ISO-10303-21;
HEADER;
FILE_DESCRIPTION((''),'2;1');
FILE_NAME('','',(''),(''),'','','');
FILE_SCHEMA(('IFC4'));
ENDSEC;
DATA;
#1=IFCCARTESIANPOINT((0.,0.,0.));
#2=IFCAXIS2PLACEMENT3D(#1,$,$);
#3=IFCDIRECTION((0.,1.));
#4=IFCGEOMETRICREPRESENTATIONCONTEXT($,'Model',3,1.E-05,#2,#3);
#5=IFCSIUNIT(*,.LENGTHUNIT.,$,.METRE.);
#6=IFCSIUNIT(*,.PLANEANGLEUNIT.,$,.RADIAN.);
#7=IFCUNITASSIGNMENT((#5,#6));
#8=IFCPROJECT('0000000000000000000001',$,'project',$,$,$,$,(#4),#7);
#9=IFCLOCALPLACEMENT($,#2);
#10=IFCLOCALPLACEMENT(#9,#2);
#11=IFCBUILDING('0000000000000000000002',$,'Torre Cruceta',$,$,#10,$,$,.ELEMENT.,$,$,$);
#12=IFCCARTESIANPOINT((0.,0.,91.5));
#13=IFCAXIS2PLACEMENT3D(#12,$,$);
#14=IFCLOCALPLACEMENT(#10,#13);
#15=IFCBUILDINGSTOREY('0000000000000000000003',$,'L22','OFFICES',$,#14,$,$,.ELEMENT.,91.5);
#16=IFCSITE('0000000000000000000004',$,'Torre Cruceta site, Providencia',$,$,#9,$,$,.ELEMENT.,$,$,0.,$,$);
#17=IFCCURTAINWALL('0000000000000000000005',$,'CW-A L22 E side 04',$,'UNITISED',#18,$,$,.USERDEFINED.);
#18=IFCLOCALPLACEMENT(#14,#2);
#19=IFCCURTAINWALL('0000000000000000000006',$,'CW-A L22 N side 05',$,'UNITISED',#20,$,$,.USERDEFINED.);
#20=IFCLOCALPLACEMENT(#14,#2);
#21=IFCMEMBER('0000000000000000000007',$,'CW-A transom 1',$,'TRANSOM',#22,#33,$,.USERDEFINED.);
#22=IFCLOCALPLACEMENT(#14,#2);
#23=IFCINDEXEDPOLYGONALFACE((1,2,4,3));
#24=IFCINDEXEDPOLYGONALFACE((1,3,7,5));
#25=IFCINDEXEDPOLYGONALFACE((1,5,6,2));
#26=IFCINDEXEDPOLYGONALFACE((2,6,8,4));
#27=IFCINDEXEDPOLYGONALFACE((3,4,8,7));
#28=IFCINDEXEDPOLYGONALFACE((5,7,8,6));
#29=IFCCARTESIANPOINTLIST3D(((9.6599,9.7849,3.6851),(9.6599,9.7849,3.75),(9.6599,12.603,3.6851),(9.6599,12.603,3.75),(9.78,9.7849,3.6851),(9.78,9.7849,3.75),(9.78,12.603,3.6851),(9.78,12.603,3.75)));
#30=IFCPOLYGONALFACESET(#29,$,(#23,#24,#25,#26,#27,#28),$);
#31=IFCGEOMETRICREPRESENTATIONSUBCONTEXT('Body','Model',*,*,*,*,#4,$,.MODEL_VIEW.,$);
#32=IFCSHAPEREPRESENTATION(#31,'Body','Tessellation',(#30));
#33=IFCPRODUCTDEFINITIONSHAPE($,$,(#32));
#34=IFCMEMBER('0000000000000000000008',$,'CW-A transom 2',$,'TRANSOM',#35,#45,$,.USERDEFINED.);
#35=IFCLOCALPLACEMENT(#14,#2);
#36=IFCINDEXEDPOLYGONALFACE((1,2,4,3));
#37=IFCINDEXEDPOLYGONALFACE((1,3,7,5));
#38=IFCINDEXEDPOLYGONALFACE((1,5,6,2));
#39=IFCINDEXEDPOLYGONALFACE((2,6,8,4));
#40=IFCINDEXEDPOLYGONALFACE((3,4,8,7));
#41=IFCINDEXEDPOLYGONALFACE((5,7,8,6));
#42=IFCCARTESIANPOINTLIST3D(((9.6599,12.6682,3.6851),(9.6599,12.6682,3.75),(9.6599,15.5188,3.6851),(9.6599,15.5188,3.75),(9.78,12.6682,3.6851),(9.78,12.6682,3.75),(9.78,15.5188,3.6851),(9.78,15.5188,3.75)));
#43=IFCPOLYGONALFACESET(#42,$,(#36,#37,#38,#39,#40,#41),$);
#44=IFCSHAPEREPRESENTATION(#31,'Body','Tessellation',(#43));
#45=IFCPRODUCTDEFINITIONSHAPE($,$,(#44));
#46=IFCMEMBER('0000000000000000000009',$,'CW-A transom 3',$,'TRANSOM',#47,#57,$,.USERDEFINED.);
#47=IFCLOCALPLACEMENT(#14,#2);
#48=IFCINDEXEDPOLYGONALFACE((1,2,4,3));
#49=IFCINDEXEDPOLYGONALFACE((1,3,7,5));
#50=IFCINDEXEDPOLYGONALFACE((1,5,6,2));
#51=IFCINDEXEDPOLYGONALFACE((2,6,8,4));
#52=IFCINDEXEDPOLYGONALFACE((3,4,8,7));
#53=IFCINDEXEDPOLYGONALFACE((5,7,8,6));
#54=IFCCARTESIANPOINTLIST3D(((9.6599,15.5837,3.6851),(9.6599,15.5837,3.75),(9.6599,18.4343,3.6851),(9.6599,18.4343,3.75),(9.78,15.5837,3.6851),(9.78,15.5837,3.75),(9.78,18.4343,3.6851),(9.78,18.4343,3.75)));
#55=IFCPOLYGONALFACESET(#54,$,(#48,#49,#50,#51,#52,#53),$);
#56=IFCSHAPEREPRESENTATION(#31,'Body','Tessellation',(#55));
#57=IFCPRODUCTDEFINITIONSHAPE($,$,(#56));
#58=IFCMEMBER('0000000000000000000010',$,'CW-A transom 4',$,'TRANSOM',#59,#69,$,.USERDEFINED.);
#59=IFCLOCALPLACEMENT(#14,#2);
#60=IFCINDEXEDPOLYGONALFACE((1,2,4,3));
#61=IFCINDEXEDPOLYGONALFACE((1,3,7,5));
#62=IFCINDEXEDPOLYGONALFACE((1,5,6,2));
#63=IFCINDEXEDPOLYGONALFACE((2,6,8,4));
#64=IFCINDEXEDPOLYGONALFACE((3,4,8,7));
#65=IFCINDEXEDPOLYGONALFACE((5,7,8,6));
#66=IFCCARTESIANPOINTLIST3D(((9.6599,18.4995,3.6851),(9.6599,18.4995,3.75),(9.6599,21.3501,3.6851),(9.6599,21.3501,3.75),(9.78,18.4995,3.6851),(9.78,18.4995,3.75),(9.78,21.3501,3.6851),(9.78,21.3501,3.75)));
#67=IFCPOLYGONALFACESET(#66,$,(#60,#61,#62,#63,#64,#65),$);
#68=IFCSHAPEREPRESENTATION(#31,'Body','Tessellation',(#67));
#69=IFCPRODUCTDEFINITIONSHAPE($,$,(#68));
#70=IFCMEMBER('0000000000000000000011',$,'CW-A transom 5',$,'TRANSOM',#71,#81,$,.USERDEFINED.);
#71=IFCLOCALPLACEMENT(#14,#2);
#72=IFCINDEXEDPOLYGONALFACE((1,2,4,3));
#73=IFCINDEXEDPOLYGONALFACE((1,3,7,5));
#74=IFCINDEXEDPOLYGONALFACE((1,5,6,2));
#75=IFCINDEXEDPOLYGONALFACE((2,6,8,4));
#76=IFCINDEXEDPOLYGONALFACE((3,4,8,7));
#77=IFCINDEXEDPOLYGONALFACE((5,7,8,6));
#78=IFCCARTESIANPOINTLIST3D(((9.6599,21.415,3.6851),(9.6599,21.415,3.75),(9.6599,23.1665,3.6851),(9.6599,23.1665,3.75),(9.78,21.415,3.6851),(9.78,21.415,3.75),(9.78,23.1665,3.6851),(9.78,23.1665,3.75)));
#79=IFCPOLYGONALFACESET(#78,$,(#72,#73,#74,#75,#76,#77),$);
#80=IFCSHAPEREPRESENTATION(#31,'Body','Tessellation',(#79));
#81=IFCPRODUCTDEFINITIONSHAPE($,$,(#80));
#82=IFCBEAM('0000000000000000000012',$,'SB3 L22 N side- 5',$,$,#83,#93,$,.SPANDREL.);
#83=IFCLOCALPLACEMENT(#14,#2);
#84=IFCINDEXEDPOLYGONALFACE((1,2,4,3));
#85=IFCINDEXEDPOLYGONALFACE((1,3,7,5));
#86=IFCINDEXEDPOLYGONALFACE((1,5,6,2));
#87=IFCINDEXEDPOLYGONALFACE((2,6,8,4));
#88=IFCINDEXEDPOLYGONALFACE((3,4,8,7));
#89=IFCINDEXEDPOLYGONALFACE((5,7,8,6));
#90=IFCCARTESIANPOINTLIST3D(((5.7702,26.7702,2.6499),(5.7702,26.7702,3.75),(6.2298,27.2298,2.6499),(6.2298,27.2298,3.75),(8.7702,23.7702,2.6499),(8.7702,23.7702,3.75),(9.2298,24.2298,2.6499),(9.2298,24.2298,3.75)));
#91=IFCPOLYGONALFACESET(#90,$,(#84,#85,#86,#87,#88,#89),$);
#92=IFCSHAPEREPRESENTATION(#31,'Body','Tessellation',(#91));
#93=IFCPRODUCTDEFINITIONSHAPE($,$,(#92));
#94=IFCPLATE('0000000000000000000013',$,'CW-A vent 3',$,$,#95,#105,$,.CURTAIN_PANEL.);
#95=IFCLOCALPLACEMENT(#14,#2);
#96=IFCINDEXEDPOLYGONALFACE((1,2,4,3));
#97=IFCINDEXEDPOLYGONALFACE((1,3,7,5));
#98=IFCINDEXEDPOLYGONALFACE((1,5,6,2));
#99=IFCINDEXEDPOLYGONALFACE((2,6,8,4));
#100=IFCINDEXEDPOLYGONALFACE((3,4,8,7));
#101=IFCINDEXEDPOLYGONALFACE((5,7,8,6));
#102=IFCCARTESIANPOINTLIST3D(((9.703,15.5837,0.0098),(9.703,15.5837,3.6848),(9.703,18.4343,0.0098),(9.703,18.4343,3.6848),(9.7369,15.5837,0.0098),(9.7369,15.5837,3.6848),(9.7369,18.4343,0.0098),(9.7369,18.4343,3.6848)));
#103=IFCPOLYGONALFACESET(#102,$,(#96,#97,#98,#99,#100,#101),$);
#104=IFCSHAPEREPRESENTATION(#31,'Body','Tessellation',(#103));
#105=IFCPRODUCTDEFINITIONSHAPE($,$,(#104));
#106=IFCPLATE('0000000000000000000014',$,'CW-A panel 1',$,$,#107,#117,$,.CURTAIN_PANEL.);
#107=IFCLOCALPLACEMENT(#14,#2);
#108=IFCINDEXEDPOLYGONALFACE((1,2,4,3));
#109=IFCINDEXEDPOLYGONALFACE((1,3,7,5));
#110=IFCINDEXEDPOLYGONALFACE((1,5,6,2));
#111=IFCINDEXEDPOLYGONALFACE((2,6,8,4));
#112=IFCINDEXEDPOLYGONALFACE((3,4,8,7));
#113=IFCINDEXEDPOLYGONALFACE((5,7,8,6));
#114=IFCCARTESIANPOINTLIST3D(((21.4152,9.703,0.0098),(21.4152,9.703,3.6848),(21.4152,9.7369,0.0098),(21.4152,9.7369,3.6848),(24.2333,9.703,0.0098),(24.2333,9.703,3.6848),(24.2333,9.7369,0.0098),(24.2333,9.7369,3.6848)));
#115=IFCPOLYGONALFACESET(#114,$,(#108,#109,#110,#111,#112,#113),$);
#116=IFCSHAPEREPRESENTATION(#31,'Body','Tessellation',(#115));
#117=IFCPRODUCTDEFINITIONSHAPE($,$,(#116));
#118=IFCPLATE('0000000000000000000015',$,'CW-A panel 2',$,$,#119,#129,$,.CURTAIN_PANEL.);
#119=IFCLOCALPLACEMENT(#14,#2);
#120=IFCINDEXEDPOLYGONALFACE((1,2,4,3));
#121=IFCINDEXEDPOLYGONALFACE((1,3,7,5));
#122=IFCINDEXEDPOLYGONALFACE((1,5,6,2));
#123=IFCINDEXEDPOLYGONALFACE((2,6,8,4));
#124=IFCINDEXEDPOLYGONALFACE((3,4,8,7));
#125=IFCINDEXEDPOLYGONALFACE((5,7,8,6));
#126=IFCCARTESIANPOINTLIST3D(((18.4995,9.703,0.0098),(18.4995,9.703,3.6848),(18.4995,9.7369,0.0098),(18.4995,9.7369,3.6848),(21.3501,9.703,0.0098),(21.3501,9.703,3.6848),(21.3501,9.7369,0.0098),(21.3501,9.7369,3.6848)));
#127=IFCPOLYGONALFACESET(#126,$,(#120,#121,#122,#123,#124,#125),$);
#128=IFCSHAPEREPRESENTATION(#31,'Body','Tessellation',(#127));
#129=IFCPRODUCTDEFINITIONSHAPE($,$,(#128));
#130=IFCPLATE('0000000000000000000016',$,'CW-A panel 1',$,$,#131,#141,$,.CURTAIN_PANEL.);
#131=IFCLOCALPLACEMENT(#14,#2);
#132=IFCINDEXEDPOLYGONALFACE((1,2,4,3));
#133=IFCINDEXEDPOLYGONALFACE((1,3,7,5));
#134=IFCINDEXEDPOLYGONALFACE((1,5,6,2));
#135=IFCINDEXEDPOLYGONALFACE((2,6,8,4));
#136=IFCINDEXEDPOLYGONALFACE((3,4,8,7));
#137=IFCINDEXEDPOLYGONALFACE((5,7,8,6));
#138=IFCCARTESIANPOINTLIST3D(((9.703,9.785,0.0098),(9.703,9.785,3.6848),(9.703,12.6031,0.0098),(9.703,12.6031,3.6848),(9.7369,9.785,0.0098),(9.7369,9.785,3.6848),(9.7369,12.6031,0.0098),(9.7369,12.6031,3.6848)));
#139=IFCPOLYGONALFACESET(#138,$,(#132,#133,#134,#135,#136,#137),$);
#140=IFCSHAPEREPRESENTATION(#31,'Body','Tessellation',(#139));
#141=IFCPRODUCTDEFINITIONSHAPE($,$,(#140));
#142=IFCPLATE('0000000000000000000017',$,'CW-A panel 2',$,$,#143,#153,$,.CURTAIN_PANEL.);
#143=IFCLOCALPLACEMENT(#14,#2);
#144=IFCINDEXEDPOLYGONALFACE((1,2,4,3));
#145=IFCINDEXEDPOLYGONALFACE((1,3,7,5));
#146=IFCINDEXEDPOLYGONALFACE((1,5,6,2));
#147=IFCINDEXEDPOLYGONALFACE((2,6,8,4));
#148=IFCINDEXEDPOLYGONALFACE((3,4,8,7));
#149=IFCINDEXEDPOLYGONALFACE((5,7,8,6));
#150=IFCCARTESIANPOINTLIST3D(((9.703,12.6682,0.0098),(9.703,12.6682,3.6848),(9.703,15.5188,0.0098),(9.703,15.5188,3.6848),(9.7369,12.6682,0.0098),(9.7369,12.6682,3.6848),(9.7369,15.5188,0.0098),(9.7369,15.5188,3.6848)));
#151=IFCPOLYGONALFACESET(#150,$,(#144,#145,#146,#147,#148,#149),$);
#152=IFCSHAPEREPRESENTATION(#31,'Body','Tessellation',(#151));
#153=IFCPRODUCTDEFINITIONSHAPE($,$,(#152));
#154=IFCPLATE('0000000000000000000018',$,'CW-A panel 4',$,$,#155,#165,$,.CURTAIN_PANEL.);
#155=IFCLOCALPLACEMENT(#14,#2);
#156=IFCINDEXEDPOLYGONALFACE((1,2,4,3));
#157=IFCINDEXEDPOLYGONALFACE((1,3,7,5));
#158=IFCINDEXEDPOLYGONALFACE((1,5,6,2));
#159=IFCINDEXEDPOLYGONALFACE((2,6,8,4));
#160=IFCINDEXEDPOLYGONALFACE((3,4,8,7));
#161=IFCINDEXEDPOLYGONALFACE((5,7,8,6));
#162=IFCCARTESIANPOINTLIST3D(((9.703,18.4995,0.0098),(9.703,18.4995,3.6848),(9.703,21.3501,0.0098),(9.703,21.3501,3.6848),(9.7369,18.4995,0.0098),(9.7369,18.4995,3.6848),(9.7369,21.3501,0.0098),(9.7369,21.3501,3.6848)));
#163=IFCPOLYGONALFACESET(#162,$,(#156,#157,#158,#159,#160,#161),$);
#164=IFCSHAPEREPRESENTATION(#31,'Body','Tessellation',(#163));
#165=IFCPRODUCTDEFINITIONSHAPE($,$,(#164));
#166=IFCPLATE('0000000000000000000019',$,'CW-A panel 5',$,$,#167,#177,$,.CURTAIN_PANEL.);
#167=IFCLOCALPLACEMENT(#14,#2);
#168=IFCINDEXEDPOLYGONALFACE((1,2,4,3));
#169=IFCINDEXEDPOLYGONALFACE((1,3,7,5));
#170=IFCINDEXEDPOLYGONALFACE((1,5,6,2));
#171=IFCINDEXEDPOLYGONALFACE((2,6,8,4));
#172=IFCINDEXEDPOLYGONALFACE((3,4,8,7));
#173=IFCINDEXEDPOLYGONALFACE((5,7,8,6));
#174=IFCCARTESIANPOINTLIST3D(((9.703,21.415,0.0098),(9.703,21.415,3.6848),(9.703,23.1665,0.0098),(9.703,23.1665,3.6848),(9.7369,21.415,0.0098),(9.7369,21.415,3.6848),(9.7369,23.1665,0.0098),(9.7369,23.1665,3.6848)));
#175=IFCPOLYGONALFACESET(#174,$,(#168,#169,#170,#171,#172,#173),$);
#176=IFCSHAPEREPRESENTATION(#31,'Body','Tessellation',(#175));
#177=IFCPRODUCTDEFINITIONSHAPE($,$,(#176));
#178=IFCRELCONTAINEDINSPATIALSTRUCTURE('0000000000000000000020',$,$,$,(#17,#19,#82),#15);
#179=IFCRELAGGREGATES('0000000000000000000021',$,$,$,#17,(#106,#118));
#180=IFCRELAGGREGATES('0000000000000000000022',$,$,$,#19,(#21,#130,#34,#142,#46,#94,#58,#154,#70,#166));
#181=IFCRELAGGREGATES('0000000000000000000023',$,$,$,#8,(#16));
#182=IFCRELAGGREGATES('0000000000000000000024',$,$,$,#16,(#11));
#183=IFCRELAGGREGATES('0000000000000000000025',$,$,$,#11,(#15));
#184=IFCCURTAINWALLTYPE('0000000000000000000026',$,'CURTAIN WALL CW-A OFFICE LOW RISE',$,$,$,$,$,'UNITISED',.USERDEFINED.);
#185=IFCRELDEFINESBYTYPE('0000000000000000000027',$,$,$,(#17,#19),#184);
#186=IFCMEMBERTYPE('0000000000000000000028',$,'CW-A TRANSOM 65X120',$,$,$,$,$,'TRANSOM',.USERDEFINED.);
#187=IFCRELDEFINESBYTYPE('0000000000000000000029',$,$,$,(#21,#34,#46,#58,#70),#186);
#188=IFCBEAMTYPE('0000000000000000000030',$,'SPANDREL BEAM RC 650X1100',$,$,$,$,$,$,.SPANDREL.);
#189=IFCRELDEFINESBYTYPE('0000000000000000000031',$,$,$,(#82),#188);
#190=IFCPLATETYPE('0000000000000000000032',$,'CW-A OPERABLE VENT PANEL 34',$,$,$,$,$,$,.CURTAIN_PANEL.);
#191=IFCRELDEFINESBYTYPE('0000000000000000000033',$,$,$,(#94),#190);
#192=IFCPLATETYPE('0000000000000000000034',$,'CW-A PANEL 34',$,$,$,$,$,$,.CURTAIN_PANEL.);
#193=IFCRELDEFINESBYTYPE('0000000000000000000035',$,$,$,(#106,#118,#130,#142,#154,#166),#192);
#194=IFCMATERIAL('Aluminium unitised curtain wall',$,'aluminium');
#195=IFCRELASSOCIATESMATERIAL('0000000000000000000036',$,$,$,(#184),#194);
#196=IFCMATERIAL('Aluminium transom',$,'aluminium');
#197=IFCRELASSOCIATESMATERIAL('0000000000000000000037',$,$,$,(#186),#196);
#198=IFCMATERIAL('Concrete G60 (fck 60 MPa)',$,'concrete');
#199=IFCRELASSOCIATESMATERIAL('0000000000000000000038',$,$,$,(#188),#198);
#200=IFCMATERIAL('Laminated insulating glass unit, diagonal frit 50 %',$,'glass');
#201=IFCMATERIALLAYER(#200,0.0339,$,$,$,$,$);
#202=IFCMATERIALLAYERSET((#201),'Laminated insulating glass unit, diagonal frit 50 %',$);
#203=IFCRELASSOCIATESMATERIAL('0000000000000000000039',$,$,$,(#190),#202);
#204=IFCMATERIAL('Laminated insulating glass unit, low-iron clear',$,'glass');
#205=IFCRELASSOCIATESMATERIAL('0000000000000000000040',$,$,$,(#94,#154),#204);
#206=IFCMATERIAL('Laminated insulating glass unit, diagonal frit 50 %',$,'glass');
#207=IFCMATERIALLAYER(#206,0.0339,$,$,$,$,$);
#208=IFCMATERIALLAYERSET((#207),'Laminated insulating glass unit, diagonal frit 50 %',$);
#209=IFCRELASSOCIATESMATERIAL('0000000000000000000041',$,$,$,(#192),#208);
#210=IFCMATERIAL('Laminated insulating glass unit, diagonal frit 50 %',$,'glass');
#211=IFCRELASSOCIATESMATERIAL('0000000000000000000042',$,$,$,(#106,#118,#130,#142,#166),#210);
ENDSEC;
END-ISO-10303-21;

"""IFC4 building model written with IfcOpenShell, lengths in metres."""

from ifc_helpers import new_model, si_unit, direction, frame, origin, origin_2d, place, context, subcontext, project, spatial, rectangle, extrude, material, layer, layer_set, material_profile, profile_set, type_object, element, aggregate, save


model = new_model("IFC4")

# Units and contexts
model_context = context("Model", 3, precision=1e-05, world=origin(), true_north=direction((0.0, 1.0)))
body_context = subcontext(model_context, "Body", "Model", "MODEL_VIEW")
ifc_project = project(units=[si_unit("LENGTHUNIT", "METRE"), si_unit("PLANEANGLEUNIT", "RADIAN")], contexts=[model_context])

# Site, building, storey
site_placement = place(None, origin())
site = spatial("IfcSite", under=ifc_project, at=site_placement, Name="Torre Cruceta site, Providencia", CompositionType="ELEMENT", RefElevation=0.0)
building_placement = place(site_placement, origin())
building = spatial("IfcBuilding", under=site, at=building_placement, Name="Torre Cruceta", CompositionType="ELEMENT")
storey_placement = place(building_placement, frame((0.0, 0.0, 91.5)))
storey = spatial("IfcBuildingStorey", under=building, at=storey_placement, Name="L22", Description="OFFICES", CompositionType="ELEMENT", Elevation=91.5)

# Curtain walls
ifc_material_1 = material(Name="Aluminium unitised curtain wall", Category="aluminium")
curtain_wall_type = type_object("IfcCurtainWallType", Name="CURTAIN WALL CW-A OFFICE LOW RISE", ElementType="UNITISED", PredefinedType="USERDEFINED", material=ifc_material_1)
curtain_wall_1_placement = place(storey_placement, origin())
curtain_wall_1 = element("IfcCurtainWall", 1, at=curtain_wall_1_placement, inside=storey, type_object=curtain_wall_type, Name="CW-A L22 E side 04", ObjectType="UNITISED", PredefinedType="USERDEFINED")
curtain_wall_2_placement = place(storey_placement, origin())
curtain_wall_2 = element("IfcCurtainWall", 2, at=curtain_wall_2_placement, inside=storey, type_object=curtain_wall_type, Name="CW-A L22 N side 05", ObjectType="UNITISED", PredefinedType="USERDEFINED")

# Members
ifc_material_2 = material(Name="Aluminium transom", Category="aluminium")
ifc_material_profile_1 = material_profile(ifc_material_2, rectangle(XDim=0.1201, YDim=0.0649, at=origin_2d()), Name="AL 120X65")
ifc_profile_set_1 = profile_set([ifc_material_profile_1], Name="Aluminium transom")
member_type_1 = type_object("IfcMemberType", Name="CW-A TRANSOM 65X120", ElementType="TRANSOM", PredefinedType="USERDEFINED", material=ifc_profile_set_1)
member_1_placement = place(storey_placement, frame((9.72, 9.7849, 3.7175), z_axis=(0.0, 1.0, 0.0), x_axis=(-1.0, 0.0, 0.0)))
member_1 = element("IfcMember", 3, at=member_1_placement, type_object=member_type_1, Name="CW-A transom 1", ObjectType="TRANSOM", PredefinedType="USERDEFINED", context=body_context, shape_type="SweptSolid", body=[
    extrude(rectangle(XDim=0.1201, YDim=0.0649, at=origin_2d()), origin(), (0.0, 0.0, 1.0), 2.8181),
])
member_2_placement = place(storey_placement, frame((9.72, 12.6682, 3.7175), z_axis=(0.0, 1.0, 0.0), x_axis=(-1.0, 0.0, 0.0)))
member_2 = element("IfcMember", 4, at=member_2_placement, type_object=member_type_1, Name="CW-A transom 2", ObjectType="TRANSOM", PredefinedType="USERDEFINED", context=body_context, shape_type="SweptSolid", body=[
    extrude(rectangle(XDim=0.1201, YDim=0.0649, at=origin_2d()), origin(), (0.0, 0.0, 1.0), 2.8506),
])
member_3_placement = place(storey_placement, frame((9.72, 15.5837, 3.7175), z_axis=(0.0, 1.0, 0.0), x_axis=(-1.0, 0.0, 0.0)))
member_3 = element("IfcMember", 5, at=member_3_placement, type_object=member_type_1, Name="CW-A transom 3", ObjectType="TRANSOM", PredefinedType="USERDEFINED", context=body_context, shape_type="SweptSolid", body=[
    extrude(rectangle(XDim=0.1201, YDim=0.0649, at=origin_2d()), origin(), (0.0, 0.0, 1.0), 2.8506),
])
member_4_placement = place(storey_placement, frame((9.72, 18.4995, 3.7175), z_axis=(0.0, 1.0, 0.0), x_axis=(-1.0, 0.0, 0.0)))
member_4 = element("IfcMember", 6, at=member_4_placement, type_object=member_type_1, Name="CW-A transom 4", ObjectType="TRANSOM", PredefinedType="USERDEFINED", context=body_context, shape_type="SweptSolid", body=[
    extrude(rectangle(XDim=0.1201, YDim=0.0649, at=origin_2d()), origin(), (0.0, 0.0, 1.0), 2.8506),
])
member_5_placement = place(storey_placement, frame((9.72, 21.415, 3.7175), z_axis=(0.0, 1.0, 0.0), x_axis=(-1.0, 0.0, 0.0)))
member_5 = element("IfcMember", 7, at=member_5_placement, type_object=member_type_1, Name="CW-A transom 5", ObjectType="TRANSOM", PredefinedType="USERDEFINED", context=body_context, shape_type="SweptSolid", body=[
    extrude(rectangle(XDim=0.1201, YDim=0.0649, at=origin_2d()), origin(), (0.0, 0.0, 1.0), 1.7515),
])

# Beam
ifc_material_3 = material(Name="Concrete G60 (fck 60 MPa)", Category="concrete")
ifc_material_profile_2 = material_profile(ifc_material_3, rectangle(XDim=0.6499, YDim=1.1001, at=origin_2d()), Name="RC 650X1100")
ifc_profile_set_2 = profile_set([ifc_material_profile_2], Name="Concrete G60 (fck 60 MPa)")
beam_type_1 = type_object("IfcBeamType", Name="SPANDREL BEAM RC 650X1100", PredefinedType="SPANDREL", material=ifc_profile_set_2)
beam_1_placement = place(storey_placement, frame((9.0, 24.0, 3.2), z_axis=(-0.707107, 0.707107, 0.0), x_axis=(-0.707107, -0.707107, 0.0)))
element("IfcBeam", 8, at=beam_1_placement, inside=storey, type_object=beam_type_1, Name="SB3 L22 N side- 5", PredefinedType="SPANDREL", context=body_context, shape_type="SweptSolid", body=[
    extrude(rectangle(XDim=0.6499, YDim=1.1001, at=origin_2d()), origin(), (0.0, 0.0, 1.0), 4.2427),
])

# Plates
ifc_material_4 = material(Name="Laminated insulating glass unit, low-iron clear", Category="glass")
ifc_material_5 = material(Name="Laminated insulating glass unit, diagonal frit 50 %", Category="glass")
ifc_layer_1 = layer(ifc_material_5, 0.0339)
ifc_layer_set_1 = layer_set([ifc_layer_1], Name="Laminated insulating glass unit, diagonal frit 50 %")
plate_type_1 = type_object("IfcPlateType", Name="CW-A OPERABLE VENT PANEL 34", PredefinedType="CURTAIN_PANEL", material=ifc_layer_set_1)
plate_1_placement = place(storey_placement, frame((9.72, 17.009, 0.0098), z_axis=(0.0, 0.0, 1.0), x_axis=(0.0, 1.0, 0.0)))
plate_1 = element("IfcPlate", 9, at=plate_1_placement, type_object=plate_type_1, material=ifc_material_4, Name="CW-A vent 3", PredefinedType="CURTAIN_PANEL", context=body_context, shape_type="SweptSolid", body=[
    extrude(rectangle(XDim=2.8506, YDim=0.0339, at=origin_2d()), origin(), (0.0, 0.0, 1.0), 3.675),
])
ifc_material_6 = material(Name="Laminated insulating glass unit, diagonal frit 50 %", Category="glass")
ifc_material_7 = material(Name="Laminated insulating glass unit, diagonal frit 50 %", Category="glass")
ifc_layer_2 = layer(ifc_material_7, 0.0339)
ifc_layer_set_2 = layer_set([ifc_layer_2], Name="Laminated insulating glass unit, diagonal frit 50 %")
plate_type_2 = type_object("IfcPlateType", Name="CW-A PANEL 34", PredefinedType="CURTAIN_PANEL", material=ifc_layer_set_2)
plate_2_placement = place(storey_placement, frame((22.8242, 9.72, 0.0098), z_axis=(0.0, 0.0, 1.0), x_axis=(-1.0, 0.0, 0.0)))
plate_2 = element("IfcPlate", 10, at=plate_2_placement, type_object=plate_type_2, material=ifc_material_6, Name="CW-A panel 1", PredefinedType="CURTAIN_PANEL", context=body_context, shape_type="SweptSolid", body=[
    extrude(rectangle(XDim=2.8181, YDim=0.0339, at=origin_2d()), origin(), (0.0, 0.0, 1.0), 3.675),
])
plate_3_placement = place(storey_placement, frame((19.9248, 9.72, 0.0098), z_axis=(0.0, 0.0, 1.0), x_axis=(-1.0, 0.0, 0.0)))
plate_3 = element("IfcPlate", 11, at=plate_3_placement, type_object=plate_type_2, material=ifc_material_6, Name="CW-A panel 2", PredefinedType="CURTAIN_PANEL", context=body_context, shape_type="SweptSolid", body=[
    extrude(rectangle(XDim=2.8506, YDim=0.0339, at=origin_2d()), origin(), (0.0, 0.0, 1.0), 3.675),
])
aggregate(curtain_wall_1, [plate_2, plate_3])
plate_4_placement = place(storey_placement, frame((9.72, 11.1941, 0.0098), z_axis=(0.0, 0.0, 1.0), x_axis=(0.0, 1.0, 0.0)))
plate_4 = element("IfcPlate", 12, at=plate_4_placement, type_object=plate_type_2, material=ifc_material_6, Name="CW-A panel 1", PredefinedType="CURTAIN_PANEL", context=body_context, shape_type="SweptSolid", body=[
    extrude(rectangle(XDim=2.8181, YDim=0.0339, at=origin_2d()), origin(), (0.0, 0.0, 1.0), 3.675),
])
plate_5_placement = place(storey_placement, frame((9.72, 14.0935, 0.0098), z_axis=(0.0, 0.0, 1.0), x_axis=(0.0, 1.0, 0.0)))
plate_5 = element("IfcPlate", 13, at=plate_5_placement, type_object=plate_type_2, material=ifc_material_6, Name="CW-A panel 2", PredefinedType="CURTAIN_PANEL", context=body_context, shape_type="SweptSolid", body=[
    extrude(rectangle(XDim=2.8506, YDim=0.0339, at=origin_2d()), origin(), (0.0, 0.0, 1.0), 3.675),
])
plate_6_placement = place(storey_placement, frame((9.72, 19.9248, 0.0098), z_axis=(0.0, 0.0, 1.0), x_axis=(0.0, 1.0, 0.0)))
plate_6 = element("IfcPlate", 14, at=plate_6_placement, type_object=plate_type_2, material=ifc_material_4, Name="CW-A panel 4", PredefinedType="CURTAIN_PANEL", context=body_context, shape_type="SweptSolid", body=[
    extrude(rectangle(XDim=2.8506, YDim=0.0339, at=origin_2d()), origin(), (0.0, 0.0, 1.0), 3.675),
])
plate_7_placement = place(storey_placement, frame((9.72, 22.2908, 0.0098), z_axis=(0.0, 0.0, 1.0), x_axis=(0.0, 1.0, 0.0)))
plate_7 = element("IfcPlate", 15, at=plate_7_placement, type_object=plate_type_2, material=ifc_material_6, Name="CW-A panel 5", PredefinedType="CURTAIN_PANEL", context=body_context, shape_type="SweptSolid", body=[
    extrude(rectangle(XDim=1.7515, YDim=0.0339, at=origin_2d()), origin(), (0.0, 0.0, 1.0), 3.675),
])
aggregate(curtain_wall_2, [member_1, plate_4, member_2, plate_5, member_3, plate_1, member_4, plate_6, member_5, plate_7])

save(model, "model.ifc")
